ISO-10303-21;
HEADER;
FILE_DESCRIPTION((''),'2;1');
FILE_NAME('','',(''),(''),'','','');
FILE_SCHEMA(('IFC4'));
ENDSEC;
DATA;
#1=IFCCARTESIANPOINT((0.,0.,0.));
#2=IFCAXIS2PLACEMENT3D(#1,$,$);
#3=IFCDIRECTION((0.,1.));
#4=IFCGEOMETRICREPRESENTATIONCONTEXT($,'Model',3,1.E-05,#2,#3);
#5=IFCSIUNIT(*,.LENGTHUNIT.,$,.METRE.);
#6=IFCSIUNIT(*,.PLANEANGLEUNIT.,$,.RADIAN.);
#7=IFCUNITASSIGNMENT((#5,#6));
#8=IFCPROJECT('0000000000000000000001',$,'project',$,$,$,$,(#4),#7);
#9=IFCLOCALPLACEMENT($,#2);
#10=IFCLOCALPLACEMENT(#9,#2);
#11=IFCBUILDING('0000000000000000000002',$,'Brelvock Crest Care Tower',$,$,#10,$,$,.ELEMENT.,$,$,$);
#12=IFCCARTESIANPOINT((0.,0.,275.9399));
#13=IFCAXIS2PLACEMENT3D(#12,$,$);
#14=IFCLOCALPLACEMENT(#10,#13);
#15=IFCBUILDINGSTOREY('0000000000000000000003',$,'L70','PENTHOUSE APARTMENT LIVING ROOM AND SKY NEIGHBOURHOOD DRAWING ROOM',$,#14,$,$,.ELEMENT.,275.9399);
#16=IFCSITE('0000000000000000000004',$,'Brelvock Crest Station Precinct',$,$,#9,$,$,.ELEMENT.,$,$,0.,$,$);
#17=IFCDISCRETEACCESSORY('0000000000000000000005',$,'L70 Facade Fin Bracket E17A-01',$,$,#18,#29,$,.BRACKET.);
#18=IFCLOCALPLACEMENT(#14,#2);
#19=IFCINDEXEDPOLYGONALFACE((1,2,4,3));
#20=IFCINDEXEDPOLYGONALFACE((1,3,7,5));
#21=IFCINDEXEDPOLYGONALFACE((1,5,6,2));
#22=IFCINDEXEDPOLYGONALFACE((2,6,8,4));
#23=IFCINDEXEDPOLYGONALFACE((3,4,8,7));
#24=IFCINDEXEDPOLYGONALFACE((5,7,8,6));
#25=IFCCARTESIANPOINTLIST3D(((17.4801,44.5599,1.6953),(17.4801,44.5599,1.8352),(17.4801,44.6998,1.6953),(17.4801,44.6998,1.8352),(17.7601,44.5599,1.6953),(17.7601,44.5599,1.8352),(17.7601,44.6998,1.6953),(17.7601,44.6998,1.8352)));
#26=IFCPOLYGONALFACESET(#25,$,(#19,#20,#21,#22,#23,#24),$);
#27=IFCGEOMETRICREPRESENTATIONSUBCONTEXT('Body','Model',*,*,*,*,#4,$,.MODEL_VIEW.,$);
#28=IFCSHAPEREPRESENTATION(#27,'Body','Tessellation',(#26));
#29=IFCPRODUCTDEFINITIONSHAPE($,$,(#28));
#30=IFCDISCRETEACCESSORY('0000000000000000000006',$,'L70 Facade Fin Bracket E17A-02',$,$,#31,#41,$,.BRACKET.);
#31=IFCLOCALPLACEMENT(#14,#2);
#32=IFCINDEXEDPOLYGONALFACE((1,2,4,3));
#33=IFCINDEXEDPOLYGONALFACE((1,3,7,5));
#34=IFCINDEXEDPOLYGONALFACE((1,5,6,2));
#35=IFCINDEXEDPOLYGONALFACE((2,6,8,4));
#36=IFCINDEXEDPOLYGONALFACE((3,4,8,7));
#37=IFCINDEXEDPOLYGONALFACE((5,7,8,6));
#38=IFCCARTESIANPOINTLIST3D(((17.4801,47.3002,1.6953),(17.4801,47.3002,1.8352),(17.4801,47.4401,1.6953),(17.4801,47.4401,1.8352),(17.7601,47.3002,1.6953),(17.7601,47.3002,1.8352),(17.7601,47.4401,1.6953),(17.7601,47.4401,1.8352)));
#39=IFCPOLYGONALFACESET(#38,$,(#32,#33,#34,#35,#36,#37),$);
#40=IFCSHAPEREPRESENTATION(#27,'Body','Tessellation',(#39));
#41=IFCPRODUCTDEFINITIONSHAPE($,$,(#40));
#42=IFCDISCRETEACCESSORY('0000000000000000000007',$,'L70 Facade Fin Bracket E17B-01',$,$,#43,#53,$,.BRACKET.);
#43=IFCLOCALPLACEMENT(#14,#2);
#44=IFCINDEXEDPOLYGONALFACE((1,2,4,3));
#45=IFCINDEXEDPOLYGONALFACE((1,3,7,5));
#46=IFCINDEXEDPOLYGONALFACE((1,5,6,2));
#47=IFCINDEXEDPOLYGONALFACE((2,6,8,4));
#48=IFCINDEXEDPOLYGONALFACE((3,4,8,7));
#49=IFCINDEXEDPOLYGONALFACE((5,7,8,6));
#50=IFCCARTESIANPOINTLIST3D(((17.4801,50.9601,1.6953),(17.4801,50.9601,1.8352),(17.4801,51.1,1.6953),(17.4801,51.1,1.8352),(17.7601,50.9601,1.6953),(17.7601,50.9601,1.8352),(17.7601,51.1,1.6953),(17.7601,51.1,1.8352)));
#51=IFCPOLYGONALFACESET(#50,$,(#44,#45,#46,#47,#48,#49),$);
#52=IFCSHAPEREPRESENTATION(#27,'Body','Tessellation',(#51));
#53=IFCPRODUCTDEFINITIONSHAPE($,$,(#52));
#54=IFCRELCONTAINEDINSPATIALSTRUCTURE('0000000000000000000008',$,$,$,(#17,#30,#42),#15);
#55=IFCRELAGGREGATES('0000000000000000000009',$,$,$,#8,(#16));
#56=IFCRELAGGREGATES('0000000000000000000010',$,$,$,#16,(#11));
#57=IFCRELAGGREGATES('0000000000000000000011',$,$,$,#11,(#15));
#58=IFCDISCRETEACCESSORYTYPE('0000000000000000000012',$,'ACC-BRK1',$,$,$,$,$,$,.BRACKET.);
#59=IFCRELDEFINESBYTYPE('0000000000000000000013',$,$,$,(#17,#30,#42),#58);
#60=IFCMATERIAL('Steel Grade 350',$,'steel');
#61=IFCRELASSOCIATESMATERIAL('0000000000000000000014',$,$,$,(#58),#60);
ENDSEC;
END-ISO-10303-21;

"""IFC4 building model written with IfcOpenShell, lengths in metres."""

from ifc_helpers import new_model, si_unit, direction, frame, origin, origin_2d, place, context, subcontext, project, spatial, rectangle, extrude, source, transform, mapped, material, type_object, element, save


model = new_model("IFC4")

# Units and contexts
model_context = context("Model", 3, precision=1e-05, world=origin(), true_north=direction((0.0, 1.0)))
body_context = subcontext(model_context, "Body", "Model", "MODEL_VIEW")
ifc_project = project(units=[si_unit("LENGTHUNIT", "METRE"), si_unit("PLANEANGLEUNIT", "RADIAN")], contexts=[model_context])

# Site, building, storey
site_placement = place(None, origin())
site = spatial("IfcSite", under=ifc_project, at=site_placement, Name="Brelvock Crest Station Precinct", CompositionType="ELEMENT", RefElevation=0.0)
building_placement = place(site_placement, origin())
building = spatial("IfcBuilding", under=site, at=building_placement, Name="Brelvock Crest Care Tower", CompositionType="ELEMENT")
storey_placement = place(building_placement, frame((0.0, 0.0, 275.9399)))
storey = spatial("IfcBuildingStorey", under=building, at=storey_placement, Name="L70", Description="PENTHOUSE APARTMENT LIVING ROOM AND SKY NEIGHBOURHOOD DRAWING ROOM", CompositionType="ELEMENT", Elevation=275.9399)

# Shared definitions
ifc_material_1 = material(Name="Steel Grade 350", Category="steel")

# Discrete accessories
discrete_accessory_type = type_object("IfcDiscreteAccessoryType", Name="ACC-BRK1", PredefinedType="BRACKET", material=ifc_material_1)
shared_shape_1 = source(origin(), body_context, "Body", "SweptSolid", [
    extrude(rectangle(XDim=0.28, YDim=0.1399, at=origin_2d()), origin(), (0.0, 0.0, 1.0), 0.1399),
])
for number, where, z_axis, x_axis, name in (
    (1, (17.6201, 44.6299, 1.6953), (0.0, 0.0, 1.0), (-1.0, 0.0, 0.0), "L70 Facade Fin Bracket E17A-01"),
    (2, (17.6201, 47.3701, 1.6953), (0.0, 0.0, 1.0), (-1.0, 0.0, 0.0), "L70 Facade Fin Bracket E17A-02"),
    (3, (17.6201, 51.03, 1.6953), (0.0, 0.0, 1.0), (-1.0, 0.0, 0.0), "L70 Facade Fin Bracket E17B-01"),
):
    element("IfcDiscreteAccessory", number, at=place(storey_placement, frame(where, z_axis=z_axis, x_axis=x_axis)), inside=storey, type_object=discrete_accessory_type, Name=name, PredefinedType="BRACKET", context=body_context, shape_type="MappedRepresentation", body=[
        mapped(shared_shape_1, transform((0.0, 0.0, 0.0), x_axis=(1.0, 0.0, 0.0), y_axis=(0.0, 1.0, 0.0), z_axis=(0.0, 0.0, 1.0), scale=1.0)),
    ])

save(model, "model.ifc")
